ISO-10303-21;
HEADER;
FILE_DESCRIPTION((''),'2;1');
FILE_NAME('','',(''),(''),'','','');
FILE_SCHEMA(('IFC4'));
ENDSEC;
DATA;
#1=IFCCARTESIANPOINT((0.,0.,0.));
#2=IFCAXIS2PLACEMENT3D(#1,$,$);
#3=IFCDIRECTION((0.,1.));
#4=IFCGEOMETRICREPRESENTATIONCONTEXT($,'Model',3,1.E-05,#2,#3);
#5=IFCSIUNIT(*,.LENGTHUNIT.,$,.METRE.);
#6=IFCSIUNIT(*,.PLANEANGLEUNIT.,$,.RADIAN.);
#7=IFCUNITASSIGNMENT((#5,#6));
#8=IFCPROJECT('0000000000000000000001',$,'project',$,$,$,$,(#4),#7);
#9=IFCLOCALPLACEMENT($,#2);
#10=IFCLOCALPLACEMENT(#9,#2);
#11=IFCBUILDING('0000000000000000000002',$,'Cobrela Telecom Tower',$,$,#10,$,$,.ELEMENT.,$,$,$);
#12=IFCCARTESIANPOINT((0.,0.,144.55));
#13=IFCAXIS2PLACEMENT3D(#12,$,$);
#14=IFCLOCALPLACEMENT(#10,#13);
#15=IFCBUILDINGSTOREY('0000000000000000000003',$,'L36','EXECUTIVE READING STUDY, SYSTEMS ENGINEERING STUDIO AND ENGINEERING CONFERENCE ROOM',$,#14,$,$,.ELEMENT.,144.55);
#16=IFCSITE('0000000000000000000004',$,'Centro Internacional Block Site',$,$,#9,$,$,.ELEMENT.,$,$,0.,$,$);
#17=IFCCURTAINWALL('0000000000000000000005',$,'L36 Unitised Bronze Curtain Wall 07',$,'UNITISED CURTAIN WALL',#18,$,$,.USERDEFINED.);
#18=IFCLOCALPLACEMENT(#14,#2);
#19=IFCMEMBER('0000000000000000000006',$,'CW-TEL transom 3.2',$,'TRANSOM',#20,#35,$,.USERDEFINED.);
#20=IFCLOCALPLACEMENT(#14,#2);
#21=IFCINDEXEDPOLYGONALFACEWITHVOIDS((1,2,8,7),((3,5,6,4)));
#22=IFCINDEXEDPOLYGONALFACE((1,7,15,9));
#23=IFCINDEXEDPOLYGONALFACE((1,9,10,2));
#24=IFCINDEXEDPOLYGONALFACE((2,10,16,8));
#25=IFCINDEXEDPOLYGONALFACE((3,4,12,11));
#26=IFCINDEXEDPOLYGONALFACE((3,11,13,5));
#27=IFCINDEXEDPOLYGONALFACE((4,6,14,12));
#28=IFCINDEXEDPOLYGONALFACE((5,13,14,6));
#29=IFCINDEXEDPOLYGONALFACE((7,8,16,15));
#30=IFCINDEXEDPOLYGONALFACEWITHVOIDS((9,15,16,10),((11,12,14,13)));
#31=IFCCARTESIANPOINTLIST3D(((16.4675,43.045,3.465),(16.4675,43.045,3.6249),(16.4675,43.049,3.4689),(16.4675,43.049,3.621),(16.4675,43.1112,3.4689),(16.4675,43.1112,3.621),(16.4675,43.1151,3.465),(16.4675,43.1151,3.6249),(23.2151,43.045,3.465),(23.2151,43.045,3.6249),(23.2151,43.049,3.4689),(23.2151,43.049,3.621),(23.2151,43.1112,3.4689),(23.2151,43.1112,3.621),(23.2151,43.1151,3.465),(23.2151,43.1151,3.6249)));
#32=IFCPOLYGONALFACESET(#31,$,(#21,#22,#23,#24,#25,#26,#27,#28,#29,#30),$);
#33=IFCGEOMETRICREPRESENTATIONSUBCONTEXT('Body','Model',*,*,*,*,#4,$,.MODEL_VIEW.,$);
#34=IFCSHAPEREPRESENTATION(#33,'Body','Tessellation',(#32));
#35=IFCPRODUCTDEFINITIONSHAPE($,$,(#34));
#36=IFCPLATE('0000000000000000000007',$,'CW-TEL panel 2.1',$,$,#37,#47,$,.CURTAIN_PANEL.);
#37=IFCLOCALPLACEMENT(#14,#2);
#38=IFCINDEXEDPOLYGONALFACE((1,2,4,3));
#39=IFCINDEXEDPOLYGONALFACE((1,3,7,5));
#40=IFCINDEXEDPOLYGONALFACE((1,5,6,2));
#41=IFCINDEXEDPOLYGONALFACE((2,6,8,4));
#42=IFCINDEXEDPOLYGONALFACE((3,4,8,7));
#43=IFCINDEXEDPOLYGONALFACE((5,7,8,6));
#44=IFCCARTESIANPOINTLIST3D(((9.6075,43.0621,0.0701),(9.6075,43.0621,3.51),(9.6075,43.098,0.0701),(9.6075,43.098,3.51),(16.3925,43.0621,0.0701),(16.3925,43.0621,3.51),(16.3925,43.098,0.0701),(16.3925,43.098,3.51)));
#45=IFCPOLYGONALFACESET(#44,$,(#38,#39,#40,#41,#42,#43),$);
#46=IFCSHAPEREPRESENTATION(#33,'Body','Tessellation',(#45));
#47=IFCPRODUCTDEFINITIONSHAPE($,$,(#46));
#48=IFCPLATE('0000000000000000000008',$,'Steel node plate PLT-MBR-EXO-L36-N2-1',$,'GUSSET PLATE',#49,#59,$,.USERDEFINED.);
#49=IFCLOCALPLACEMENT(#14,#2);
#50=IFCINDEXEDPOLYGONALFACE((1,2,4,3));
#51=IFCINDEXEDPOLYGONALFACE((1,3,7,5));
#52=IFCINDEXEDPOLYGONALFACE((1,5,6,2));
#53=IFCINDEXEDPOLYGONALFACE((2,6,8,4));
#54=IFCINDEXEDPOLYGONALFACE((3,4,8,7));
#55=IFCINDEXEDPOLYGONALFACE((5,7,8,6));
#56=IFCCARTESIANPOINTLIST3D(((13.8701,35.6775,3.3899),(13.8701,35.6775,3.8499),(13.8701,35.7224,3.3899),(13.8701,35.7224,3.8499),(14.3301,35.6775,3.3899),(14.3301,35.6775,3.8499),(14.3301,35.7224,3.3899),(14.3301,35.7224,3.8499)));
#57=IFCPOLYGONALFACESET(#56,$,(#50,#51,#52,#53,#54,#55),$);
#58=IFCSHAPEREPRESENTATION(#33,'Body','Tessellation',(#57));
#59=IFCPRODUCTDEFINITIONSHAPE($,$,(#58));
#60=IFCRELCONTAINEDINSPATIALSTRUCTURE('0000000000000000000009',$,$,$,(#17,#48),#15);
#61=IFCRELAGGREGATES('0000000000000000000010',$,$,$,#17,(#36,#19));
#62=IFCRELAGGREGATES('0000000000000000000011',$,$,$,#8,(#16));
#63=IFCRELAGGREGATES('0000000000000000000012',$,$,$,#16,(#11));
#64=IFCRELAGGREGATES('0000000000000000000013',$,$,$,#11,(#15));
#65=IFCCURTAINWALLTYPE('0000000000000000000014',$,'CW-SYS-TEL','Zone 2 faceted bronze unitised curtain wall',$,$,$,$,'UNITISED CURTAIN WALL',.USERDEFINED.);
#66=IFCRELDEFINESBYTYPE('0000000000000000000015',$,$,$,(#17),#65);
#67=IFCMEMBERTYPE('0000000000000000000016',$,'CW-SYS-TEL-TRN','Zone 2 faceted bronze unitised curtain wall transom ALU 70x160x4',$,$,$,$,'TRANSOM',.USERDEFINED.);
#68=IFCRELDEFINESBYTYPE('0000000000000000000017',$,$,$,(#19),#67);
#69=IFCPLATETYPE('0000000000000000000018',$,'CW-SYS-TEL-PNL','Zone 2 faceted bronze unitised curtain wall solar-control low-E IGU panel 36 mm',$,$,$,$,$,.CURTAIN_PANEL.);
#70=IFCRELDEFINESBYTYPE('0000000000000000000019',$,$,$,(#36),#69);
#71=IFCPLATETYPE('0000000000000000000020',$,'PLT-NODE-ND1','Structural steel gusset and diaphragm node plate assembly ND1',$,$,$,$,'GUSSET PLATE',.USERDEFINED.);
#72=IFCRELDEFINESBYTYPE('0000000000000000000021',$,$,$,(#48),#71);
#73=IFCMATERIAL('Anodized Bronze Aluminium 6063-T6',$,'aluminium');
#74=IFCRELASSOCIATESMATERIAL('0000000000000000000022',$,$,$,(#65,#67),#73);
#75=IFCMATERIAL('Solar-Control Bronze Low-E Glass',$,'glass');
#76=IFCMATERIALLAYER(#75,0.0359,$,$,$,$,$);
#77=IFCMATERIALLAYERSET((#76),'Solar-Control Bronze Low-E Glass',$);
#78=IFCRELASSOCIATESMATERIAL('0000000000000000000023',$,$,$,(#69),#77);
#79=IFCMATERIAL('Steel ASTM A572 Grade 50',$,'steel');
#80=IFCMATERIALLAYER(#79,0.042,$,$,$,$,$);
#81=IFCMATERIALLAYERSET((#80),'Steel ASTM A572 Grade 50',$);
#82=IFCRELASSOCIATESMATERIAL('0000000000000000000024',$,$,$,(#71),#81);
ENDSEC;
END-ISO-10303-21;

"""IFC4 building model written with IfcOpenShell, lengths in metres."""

from ifc_helpers import new_model, si_unit, direction, frame, origin, origin_2d, place, context, subcontext, project, spatial, rectangle, hollow_rectangle, extrude, material, layer, layer_set, material_profile, profile_set, type_object, element, aggregate, save


model = new_model("IFC4")

# Units and contexts
model_context = context("Model", 3, precision=1e-05, world=origin(), true_north=direction((0.0, 1.0)))
body_context = subcontext(model_context, "Body", "Model", "MODEL_VIEW")
ifc_project = project(units=[si_unit("LENGTHUNIT", "METRE"), si_unit("PLANEANGLEUNIT", "RADIAN")], contexts=[model_context])

# Site, building, storey
site_placement = place(None, origin())
site = spatial("IfcSite", under=ifc_project, at=site_placement, Name="Centro Internacional Block Site", CompositionType="ELEMENT", RefElevation=0.0)
building_placement = place(site_placement, origin())
building = spatial("IfcBuilding", under=site, at=building_placement, Name="Cobrela Telecom Tower", CompositionType="ELEMENT")
storey_placement = place(building_placement, frame((0.0, 0.0, 144.55)))
storey = spatial("IfcBuildingStorey", under=building, at=storey_placement, Name="L36", Description="EXECUTIVE READING STUDY, SYSTEMS ENGINEERING STUDIO AND ENGINEERING CONFERENCE ROOM", CompositionType="ELEMENT", Elevation=144.55)

# Shared definitions
ifc_material_1 = material(Name="Steel ASTM A572 Grade 50", Category="steel")

# Curtain wall, member, plate
ifc_material_2 = material(Name="Anodized Bronze Aluminium 6063-T6", Category="aluminium")
curtain_wall_type = type_object("IfcCurtainWallType", Name="CW-SYS-TEL", Description="Zone 2 faceted bronze unitised curtain wall", ElementType="UNITISED CURTAIN WALL", PredefinedType="USERDEFINED", material=ifc_material_2)
curtain_wall_placement = place(storey_placement, origin())
curtain_wall = element("IfcCurtainWall", 1, at=curtain_wall_placement, inside=storey, type_object=curtain_wall_type, Name="L36 Unitised Bronze Curtain Wall 07", ObjectType="UNITISED CURTAIN WALL", PredefinedType="USERDEFINED")
ifc_material_profile_1 = material_profile(ifc_material_2, hollow_rectangle(XDim=0.0701, YDim=0.1599, WallThickness=0.0039, at=origin_2d()), Name="ALU 70x160x4")
ifc_profile_set_1 = profile_set([ifc_material_profile_1], Name="Anodized Bronze Aluminium 6063-T6")
member_type_1 = type_object("IfcMemberType", Name="CW-SYS-TEL-TRN", Description="Zone 2 faceted bronze unitised curtain wall transom ALU 70x160x4", ElementType="TRANSOM", PredefinedType="USERDEFINED", material=ifc_profile_set_1)
member_1_placement = place(storey_placement, frame((16.4675, 43.0801, 3.5449), z_axis=(1.0, 0.0, 0.0), x_axis=(0.0, 1.0, 0.0)))
member_1 = element("IfcMember", 2, at=member_1_placement, type_object=member_type_1, Name="CW-TEL transom 3.2", ObjectType="TRANSOM", PredefinedType="USERDEFINED", context=body_context, shape_type="SweptSolid", body=[
    extrude(hollow_rectangle(XDim=0.0701, YDim=0.1599, WallThickness=0.0039, at=origin_2d()), origin(), (0.0, 0.0, 1.0), 6.7476),
])
ifc_material_3 = material(Name="Solar-Control Bronze Low-E Glass", Category="glass")
ifc_layer_1 = layer(ifc_material_3, 0.0359)
ifc_layer_set_1 = layer_set([ifc_layer_1], Name="Solar-Control Bronze Low-E Glass")
plate_type_1 = type_object("IfcPlateType", Name="CW-SYS-TEL-PNL", Description="Zone 2 faceted bronze unitised curtain wall solar-control low-E IGU panel 36 mm", PredefinedType="CURTAIN_PANEL", material=ifc_layer_set_1)
plate_1_placement = place(storey_placement, frame((13.0, 43.0801, 0.0701), z_axis=(0.0, 0.0, 1.0), x_axis=(1.0, 0.0, 0.0)))
plate_1 = element("IfcPlate", 3, at=plate_1_placement, type_object=plate_type_1, Name="CW-TEL panel 2.1", PredefinedType="CURTAIN_PANEL", context=body_context, shape_type="SweptSolid", body=[
    extrude(rectangle(XDim=6.7849, YDim=0.0359, at=origin_2d()), origin(), (0.0, 0.0, 1.0), 3.4399),
])
aggregate(curtain_wall, [plate_1, member_1])

# Plate
ifc_layer_2 = layer(ifc_material_1, 0.042)
ifc_layer_set_2 = layer_set([ifc_layer_2], Name="Steel ASTM A572 Grade 50")
plate_type_2 = type_object("IfcPlateType", Name="PLT-NODE-ND1", Description="Structural steel gusset and diaphragm node plate assembly ND1", ElementType="GUSSET PLATE", PredefinedType="USERDEFINED", material=ifc_layer_set_2)
plate_2_placement = place(storey_placement, frame((14.1001, 35.7, 3.3899), z_axis=(0.0, 0.0, 1.0), x_axis=(1.0, 0.0, 0.0)))
element("IfcPlate", 4, at=plate_2_placement, inside=storey, type_object=plate_type_2, Name="Steel node plate PLT-MBR-EXO-L36-N2-1", ObjectType="GUSSET PLATE", PredefinedType="USERDEFINED", context=body_context, shape_type="SweptSolid", body=[
    extrude(rectangle(XDim=0.46, YDim=0.0449, at=origin_2d()), origin(), (0.0, 0.0, 1.0), 0.46),
])

save(model, "model.ifc")
